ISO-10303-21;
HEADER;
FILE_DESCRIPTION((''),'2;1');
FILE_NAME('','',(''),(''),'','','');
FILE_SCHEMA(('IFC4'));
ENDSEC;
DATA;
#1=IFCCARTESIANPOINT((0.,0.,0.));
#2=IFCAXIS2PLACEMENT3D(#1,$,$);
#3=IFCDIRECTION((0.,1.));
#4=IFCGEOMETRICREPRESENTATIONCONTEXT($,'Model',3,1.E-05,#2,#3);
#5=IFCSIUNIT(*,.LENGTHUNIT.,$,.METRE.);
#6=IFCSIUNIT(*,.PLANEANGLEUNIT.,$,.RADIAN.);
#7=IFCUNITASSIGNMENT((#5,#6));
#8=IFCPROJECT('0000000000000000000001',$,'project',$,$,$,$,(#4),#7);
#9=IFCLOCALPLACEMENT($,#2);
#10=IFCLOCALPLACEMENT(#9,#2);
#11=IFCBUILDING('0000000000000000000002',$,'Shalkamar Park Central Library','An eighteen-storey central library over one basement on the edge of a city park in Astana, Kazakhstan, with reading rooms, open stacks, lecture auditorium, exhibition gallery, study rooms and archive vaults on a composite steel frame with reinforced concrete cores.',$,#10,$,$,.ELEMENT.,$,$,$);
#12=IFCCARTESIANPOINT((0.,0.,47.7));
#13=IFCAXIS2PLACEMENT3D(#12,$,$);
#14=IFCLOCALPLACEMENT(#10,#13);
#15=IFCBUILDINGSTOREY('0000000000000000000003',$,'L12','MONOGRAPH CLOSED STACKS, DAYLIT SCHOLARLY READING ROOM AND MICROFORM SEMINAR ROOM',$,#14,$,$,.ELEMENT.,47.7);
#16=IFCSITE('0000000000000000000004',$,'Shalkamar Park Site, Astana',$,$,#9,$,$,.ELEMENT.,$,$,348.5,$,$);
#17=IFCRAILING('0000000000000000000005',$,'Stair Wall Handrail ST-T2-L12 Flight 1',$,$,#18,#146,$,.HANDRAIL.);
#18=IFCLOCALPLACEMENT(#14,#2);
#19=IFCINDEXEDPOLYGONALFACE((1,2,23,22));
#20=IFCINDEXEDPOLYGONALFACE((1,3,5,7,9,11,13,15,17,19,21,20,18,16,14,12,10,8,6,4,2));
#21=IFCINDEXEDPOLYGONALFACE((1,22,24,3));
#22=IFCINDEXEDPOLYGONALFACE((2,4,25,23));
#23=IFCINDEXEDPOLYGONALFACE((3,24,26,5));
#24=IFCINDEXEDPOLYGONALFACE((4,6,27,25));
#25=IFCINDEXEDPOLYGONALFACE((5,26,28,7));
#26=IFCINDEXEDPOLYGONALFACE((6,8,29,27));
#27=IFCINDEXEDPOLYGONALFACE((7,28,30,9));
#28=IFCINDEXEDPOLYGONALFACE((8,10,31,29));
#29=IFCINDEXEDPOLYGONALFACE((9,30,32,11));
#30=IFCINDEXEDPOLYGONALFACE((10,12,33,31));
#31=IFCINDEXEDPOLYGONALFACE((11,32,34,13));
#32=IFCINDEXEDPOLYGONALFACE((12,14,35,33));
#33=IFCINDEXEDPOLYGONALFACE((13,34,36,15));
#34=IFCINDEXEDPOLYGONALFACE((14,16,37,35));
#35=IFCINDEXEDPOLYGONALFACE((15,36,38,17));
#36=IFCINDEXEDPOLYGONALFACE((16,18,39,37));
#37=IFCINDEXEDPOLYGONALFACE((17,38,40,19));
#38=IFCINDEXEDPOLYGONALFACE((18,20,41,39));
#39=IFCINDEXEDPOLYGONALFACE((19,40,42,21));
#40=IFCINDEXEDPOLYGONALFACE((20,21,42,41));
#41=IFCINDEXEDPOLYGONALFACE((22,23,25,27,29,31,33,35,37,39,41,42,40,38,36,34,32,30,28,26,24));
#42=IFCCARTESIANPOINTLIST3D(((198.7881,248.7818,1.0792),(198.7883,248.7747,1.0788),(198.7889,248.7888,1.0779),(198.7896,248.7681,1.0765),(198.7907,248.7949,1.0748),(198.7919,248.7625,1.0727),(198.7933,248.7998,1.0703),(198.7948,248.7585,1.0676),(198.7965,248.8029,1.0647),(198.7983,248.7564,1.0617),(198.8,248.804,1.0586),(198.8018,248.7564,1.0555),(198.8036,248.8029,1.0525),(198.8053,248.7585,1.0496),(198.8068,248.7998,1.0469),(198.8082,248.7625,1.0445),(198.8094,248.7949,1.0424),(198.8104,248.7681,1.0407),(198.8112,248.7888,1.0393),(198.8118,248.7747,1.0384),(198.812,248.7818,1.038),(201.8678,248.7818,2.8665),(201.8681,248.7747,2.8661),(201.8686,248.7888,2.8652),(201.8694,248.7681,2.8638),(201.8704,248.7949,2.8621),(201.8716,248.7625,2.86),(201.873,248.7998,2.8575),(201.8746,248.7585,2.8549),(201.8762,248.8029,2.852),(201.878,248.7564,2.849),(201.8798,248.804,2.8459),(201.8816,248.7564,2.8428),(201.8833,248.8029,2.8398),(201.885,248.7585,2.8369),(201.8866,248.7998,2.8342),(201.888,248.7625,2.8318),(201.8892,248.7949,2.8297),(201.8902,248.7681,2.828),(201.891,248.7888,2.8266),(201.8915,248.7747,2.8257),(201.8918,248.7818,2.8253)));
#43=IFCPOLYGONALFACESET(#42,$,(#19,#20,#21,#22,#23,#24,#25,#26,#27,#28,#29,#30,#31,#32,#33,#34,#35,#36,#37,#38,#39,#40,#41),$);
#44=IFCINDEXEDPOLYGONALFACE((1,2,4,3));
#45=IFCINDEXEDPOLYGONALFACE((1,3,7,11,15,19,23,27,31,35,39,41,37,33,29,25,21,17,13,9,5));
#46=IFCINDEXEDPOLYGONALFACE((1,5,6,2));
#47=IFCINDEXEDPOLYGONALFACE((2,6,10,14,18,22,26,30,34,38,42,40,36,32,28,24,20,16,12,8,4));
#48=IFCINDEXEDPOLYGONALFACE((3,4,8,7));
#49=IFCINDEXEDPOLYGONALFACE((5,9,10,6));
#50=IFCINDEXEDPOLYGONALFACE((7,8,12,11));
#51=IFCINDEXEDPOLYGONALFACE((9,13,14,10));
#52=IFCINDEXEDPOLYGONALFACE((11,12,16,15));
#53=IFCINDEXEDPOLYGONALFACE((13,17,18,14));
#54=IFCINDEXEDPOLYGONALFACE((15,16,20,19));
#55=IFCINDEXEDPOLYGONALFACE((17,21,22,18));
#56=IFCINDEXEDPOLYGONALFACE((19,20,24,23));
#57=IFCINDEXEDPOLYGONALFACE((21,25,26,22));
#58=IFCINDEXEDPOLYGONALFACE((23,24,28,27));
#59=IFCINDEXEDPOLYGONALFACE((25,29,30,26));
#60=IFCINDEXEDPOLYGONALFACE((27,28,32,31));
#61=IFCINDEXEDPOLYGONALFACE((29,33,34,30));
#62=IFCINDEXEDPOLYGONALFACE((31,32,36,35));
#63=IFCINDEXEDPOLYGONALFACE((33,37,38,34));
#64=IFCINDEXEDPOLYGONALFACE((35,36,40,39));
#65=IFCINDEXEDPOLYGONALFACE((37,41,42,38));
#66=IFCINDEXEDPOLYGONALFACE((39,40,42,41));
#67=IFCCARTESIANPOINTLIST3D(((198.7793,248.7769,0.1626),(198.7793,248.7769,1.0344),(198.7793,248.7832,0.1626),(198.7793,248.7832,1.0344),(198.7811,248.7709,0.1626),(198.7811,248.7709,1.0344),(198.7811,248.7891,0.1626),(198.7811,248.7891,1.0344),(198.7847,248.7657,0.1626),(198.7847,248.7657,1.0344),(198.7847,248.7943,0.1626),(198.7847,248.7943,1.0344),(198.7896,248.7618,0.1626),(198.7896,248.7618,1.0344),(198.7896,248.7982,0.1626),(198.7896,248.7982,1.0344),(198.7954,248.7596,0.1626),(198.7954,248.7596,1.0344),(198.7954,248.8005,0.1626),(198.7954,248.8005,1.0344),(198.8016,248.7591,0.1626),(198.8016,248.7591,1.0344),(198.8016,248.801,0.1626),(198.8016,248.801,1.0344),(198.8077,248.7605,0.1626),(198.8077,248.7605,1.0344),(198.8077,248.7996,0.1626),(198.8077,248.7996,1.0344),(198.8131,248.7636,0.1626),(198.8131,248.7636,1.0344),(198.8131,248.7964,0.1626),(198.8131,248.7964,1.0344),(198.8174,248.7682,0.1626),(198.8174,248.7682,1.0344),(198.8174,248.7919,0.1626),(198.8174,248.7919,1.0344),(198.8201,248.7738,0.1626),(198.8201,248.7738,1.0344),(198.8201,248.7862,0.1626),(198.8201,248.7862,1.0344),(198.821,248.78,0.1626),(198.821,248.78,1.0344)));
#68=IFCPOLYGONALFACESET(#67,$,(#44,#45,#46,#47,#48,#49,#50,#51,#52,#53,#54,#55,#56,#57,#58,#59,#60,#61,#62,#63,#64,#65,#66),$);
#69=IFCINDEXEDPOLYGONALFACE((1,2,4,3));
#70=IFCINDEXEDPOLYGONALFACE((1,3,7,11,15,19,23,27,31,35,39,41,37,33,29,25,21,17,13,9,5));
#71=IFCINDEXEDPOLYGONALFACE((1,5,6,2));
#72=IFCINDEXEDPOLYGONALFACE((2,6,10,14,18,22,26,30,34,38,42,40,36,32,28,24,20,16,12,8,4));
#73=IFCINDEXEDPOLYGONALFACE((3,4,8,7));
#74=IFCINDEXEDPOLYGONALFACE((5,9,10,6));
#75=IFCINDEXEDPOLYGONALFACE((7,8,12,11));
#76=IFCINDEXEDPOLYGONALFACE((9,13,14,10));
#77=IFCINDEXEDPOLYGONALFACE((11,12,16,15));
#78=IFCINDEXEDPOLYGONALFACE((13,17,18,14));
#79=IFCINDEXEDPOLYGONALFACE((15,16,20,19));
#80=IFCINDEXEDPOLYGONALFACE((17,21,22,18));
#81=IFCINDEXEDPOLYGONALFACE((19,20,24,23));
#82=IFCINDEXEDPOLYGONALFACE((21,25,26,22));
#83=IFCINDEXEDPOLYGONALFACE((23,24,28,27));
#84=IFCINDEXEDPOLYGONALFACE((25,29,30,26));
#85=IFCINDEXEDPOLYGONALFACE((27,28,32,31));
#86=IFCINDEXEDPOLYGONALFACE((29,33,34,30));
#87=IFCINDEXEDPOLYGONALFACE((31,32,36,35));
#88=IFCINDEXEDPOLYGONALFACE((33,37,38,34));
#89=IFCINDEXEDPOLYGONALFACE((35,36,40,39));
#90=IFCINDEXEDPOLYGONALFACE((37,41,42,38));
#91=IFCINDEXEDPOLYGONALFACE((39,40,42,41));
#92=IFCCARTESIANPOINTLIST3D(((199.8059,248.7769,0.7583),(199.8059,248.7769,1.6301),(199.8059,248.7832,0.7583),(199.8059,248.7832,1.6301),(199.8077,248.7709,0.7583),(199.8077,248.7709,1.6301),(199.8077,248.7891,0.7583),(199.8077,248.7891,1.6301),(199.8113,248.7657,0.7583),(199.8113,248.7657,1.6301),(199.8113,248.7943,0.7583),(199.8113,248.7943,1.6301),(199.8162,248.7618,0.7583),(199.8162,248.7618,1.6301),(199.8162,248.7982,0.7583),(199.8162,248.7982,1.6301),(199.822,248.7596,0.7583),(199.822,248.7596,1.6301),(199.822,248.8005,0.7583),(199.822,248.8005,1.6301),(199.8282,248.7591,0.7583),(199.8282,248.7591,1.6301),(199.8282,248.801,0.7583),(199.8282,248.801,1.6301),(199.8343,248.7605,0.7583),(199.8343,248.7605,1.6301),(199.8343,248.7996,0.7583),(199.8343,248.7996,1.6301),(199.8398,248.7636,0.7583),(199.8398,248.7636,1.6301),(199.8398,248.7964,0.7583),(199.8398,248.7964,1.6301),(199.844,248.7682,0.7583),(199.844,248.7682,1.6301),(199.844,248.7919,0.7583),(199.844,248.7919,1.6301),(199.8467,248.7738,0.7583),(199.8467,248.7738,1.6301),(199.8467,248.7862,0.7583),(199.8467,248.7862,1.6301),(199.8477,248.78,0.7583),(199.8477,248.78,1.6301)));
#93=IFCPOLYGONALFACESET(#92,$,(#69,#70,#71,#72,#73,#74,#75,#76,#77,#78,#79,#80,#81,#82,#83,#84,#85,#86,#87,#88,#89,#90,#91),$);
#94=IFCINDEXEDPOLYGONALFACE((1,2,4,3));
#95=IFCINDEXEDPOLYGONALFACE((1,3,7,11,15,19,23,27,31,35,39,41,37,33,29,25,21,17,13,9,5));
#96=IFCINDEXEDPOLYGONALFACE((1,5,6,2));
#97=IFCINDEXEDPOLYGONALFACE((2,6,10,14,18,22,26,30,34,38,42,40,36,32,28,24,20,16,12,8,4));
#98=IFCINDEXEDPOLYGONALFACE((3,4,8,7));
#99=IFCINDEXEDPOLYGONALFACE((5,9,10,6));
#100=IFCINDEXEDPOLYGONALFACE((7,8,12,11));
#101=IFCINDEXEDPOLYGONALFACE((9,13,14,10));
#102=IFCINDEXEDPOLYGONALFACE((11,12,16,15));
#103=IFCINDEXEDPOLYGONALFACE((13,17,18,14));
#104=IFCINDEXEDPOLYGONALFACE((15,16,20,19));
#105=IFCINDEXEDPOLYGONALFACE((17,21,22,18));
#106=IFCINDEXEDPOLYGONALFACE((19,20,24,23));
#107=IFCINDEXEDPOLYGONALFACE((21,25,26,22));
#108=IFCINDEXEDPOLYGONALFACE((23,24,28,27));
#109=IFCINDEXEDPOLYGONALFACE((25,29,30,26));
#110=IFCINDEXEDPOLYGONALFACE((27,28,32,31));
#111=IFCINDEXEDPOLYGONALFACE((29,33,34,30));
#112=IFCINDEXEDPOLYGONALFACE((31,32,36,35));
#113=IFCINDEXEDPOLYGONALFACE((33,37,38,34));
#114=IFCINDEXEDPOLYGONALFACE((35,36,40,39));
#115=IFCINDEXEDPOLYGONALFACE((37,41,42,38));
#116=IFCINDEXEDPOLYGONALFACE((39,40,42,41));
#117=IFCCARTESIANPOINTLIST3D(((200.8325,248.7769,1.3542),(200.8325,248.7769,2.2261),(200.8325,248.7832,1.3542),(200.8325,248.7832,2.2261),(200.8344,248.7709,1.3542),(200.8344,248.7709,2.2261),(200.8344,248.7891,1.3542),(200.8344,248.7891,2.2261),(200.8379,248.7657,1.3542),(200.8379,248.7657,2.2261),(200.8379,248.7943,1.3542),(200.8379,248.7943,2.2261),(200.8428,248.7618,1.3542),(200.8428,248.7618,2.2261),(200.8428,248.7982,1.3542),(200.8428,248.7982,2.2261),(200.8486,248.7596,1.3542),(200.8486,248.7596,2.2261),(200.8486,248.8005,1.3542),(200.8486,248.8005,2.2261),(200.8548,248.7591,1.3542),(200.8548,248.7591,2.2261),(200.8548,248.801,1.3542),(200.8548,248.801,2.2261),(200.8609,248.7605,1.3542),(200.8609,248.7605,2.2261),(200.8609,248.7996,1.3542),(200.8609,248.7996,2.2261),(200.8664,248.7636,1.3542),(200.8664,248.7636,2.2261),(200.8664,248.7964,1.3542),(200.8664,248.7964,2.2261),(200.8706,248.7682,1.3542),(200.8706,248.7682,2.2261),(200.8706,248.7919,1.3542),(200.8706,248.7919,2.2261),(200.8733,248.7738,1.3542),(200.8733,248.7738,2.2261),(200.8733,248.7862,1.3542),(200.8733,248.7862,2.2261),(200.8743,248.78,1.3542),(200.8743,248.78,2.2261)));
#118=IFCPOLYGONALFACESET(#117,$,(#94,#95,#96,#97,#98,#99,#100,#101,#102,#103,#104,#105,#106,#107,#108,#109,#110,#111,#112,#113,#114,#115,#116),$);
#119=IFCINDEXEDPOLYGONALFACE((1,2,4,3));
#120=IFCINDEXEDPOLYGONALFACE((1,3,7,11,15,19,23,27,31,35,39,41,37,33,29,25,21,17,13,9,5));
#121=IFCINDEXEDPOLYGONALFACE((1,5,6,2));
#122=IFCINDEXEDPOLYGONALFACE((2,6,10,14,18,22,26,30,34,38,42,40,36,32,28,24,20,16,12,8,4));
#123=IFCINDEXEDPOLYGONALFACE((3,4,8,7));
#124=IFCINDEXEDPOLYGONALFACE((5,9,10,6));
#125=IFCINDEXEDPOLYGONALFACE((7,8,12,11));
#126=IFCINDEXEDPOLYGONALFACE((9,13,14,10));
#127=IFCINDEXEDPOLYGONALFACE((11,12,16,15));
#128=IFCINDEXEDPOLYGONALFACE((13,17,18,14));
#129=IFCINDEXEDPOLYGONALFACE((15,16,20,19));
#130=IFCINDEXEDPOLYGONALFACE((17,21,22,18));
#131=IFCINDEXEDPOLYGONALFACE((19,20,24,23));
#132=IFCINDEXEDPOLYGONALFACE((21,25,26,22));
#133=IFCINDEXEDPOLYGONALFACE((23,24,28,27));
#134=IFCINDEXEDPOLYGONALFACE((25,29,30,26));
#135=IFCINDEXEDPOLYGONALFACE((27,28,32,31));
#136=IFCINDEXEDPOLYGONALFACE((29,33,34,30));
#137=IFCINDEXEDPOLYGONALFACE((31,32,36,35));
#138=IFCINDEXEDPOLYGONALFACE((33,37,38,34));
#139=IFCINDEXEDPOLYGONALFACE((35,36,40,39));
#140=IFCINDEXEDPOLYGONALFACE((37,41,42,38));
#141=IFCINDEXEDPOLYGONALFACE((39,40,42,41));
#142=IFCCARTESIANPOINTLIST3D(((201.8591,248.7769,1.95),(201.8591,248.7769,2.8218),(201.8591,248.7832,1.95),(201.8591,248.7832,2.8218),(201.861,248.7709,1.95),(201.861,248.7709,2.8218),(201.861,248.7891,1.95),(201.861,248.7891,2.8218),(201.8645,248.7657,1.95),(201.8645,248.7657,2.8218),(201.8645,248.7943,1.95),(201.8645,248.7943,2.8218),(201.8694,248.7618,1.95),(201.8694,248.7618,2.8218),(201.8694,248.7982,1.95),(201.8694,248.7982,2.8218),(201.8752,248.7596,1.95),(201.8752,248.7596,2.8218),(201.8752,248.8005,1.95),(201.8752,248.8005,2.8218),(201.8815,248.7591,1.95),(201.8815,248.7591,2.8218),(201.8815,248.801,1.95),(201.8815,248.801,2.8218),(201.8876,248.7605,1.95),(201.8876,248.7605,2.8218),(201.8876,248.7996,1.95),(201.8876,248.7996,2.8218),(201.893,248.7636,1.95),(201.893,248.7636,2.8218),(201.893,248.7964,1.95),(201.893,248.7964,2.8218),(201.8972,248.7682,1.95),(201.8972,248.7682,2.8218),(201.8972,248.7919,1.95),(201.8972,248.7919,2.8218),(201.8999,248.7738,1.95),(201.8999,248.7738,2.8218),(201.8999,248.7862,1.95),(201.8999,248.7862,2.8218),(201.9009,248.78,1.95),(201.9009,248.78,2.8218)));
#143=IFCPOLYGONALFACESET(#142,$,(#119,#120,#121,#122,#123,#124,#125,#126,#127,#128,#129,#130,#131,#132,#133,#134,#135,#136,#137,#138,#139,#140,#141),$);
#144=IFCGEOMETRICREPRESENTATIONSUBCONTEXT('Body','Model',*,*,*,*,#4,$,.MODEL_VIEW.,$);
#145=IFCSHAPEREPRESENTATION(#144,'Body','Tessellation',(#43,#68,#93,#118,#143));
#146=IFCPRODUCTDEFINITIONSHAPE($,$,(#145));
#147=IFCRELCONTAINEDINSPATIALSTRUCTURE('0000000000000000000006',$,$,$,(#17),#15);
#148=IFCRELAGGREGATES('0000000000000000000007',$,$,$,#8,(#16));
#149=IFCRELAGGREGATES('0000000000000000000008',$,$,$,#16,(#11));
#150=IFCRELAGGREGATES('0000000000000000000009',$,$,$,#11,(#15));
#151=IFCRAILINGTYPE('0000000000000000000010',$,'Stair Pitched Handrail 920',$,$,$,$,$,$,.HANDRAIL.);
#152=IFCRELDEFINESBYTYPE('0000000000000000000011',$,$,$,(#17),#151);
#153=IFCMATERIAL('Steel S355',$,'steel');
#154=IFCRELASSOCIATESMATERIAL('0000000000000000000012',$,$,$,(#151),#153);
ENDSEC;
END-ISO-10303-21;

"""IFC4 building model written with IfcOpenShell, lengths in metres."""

from ifc_helpers import new_model, si_unit, direction, frame, origin, origin_2d, place, context, subcontext, project, spatial, circle, extrude, material, type_object, element, save


model = new_model("IFC4")

# Units and contexts
model_context = context("Model", 3, precision=1e-05, world=origin(), true_north=direction((0.0, 1.0)))
body_context = subcontext(model_context, "Body", "Model", "MODEL_VIEW")
ifc_project = project(units=[si_unit("LENGTHUNIT", "METRE"), si_unit("PLANEANGLEUNIT", "RADIAN")], contexts=[model_context])

# Site, building, storey
site_placement = place(None, origin())
site = spatial("IfcSite", under=ifc_project, at=site_placement, Name="Shalkamar Park Site, Astana", CompositionType="ELEMENT", RefElevation=348.5)
building_placement = place(site_placement, origin())
building = spatial("IfcBuilding", under=site, at=building_placement, Name="Shalkamar Park Central Library", Description="An eighteen-storey central library over one basement on the edge of a city park in Astana, Kazakhstan, with reading rooms, open stacks, lecture auditorium, exhibition gallery, study rooms and archive vaults on a composite steel frame with reinforced concrete cores.", CompositionType="ELEMENT")
storey_placement = place(building_placement, frame((0.0, 0.0, 47.7)))
storey = spatial("IfcBuildingStorey", under=building, at=storey_placement, Name="L12", Description="MONOGRAPH CLOSED STACKS, DAYLIT SCHOLARLY READING ROOM AND MICROFORM SEMINAR ROOM", CompositionType="ELEMENT", Elevation=47.7)

# Shared definitions
ifc_material_1 = material(Name="Steel S355", Category="steel")

# Railing
railing_type_1 = type_object("IfcRailingType", Name="Stair Pitched Handrail 920", PredefinedType="HANDRAIL", material=ifc_material_1)
railing_1_placement = place(storey_placement, frame((198.8, 248.78, 0.1626)))
element("IfcRailing", 1, at=railing_1_placement, inside=storey, type_object=railing_type_1, Name="Stair Wall Handrail ST-T2-L12 Flight 1", PredefinedType="HANDRAIL", context=body_context, shape_type="SweptSolid", body=[
    extrude(circle(Radius=0.0239, at=origin_2d()), frame((0.0, 0.0, 0.896), z_axis=(0.864903, 0.0, 0.501939), x_axis=(0.0, 1.0, 0.0)), (0.0, 0.0, 1.0), 3.5608),
    extrude(circle(Radius=0.021, at=origin_2d()), origin(), (0.0, 0.0, 1.0), 0.8718),
    extrude(circle(Radius=0.021, at=origin_2d()), frame((1.0266, 0.0, 0.5957)), (0.0, 0.0, 1.0), 0.8718),
    extrude(circle(Radius=0.021, at=origin_2d()), frame((2.0532, 0.0, 1.1917)), (0.0, 0.0, 1.0), 0.8718),
    extrude(circle(Radius=0.021, at=origin_2d()), frame((3.0798, 0.0, 1.7874)), (0.0, 0.0, 1.0), 0.8718),
])

save(model, "model.ifc")
